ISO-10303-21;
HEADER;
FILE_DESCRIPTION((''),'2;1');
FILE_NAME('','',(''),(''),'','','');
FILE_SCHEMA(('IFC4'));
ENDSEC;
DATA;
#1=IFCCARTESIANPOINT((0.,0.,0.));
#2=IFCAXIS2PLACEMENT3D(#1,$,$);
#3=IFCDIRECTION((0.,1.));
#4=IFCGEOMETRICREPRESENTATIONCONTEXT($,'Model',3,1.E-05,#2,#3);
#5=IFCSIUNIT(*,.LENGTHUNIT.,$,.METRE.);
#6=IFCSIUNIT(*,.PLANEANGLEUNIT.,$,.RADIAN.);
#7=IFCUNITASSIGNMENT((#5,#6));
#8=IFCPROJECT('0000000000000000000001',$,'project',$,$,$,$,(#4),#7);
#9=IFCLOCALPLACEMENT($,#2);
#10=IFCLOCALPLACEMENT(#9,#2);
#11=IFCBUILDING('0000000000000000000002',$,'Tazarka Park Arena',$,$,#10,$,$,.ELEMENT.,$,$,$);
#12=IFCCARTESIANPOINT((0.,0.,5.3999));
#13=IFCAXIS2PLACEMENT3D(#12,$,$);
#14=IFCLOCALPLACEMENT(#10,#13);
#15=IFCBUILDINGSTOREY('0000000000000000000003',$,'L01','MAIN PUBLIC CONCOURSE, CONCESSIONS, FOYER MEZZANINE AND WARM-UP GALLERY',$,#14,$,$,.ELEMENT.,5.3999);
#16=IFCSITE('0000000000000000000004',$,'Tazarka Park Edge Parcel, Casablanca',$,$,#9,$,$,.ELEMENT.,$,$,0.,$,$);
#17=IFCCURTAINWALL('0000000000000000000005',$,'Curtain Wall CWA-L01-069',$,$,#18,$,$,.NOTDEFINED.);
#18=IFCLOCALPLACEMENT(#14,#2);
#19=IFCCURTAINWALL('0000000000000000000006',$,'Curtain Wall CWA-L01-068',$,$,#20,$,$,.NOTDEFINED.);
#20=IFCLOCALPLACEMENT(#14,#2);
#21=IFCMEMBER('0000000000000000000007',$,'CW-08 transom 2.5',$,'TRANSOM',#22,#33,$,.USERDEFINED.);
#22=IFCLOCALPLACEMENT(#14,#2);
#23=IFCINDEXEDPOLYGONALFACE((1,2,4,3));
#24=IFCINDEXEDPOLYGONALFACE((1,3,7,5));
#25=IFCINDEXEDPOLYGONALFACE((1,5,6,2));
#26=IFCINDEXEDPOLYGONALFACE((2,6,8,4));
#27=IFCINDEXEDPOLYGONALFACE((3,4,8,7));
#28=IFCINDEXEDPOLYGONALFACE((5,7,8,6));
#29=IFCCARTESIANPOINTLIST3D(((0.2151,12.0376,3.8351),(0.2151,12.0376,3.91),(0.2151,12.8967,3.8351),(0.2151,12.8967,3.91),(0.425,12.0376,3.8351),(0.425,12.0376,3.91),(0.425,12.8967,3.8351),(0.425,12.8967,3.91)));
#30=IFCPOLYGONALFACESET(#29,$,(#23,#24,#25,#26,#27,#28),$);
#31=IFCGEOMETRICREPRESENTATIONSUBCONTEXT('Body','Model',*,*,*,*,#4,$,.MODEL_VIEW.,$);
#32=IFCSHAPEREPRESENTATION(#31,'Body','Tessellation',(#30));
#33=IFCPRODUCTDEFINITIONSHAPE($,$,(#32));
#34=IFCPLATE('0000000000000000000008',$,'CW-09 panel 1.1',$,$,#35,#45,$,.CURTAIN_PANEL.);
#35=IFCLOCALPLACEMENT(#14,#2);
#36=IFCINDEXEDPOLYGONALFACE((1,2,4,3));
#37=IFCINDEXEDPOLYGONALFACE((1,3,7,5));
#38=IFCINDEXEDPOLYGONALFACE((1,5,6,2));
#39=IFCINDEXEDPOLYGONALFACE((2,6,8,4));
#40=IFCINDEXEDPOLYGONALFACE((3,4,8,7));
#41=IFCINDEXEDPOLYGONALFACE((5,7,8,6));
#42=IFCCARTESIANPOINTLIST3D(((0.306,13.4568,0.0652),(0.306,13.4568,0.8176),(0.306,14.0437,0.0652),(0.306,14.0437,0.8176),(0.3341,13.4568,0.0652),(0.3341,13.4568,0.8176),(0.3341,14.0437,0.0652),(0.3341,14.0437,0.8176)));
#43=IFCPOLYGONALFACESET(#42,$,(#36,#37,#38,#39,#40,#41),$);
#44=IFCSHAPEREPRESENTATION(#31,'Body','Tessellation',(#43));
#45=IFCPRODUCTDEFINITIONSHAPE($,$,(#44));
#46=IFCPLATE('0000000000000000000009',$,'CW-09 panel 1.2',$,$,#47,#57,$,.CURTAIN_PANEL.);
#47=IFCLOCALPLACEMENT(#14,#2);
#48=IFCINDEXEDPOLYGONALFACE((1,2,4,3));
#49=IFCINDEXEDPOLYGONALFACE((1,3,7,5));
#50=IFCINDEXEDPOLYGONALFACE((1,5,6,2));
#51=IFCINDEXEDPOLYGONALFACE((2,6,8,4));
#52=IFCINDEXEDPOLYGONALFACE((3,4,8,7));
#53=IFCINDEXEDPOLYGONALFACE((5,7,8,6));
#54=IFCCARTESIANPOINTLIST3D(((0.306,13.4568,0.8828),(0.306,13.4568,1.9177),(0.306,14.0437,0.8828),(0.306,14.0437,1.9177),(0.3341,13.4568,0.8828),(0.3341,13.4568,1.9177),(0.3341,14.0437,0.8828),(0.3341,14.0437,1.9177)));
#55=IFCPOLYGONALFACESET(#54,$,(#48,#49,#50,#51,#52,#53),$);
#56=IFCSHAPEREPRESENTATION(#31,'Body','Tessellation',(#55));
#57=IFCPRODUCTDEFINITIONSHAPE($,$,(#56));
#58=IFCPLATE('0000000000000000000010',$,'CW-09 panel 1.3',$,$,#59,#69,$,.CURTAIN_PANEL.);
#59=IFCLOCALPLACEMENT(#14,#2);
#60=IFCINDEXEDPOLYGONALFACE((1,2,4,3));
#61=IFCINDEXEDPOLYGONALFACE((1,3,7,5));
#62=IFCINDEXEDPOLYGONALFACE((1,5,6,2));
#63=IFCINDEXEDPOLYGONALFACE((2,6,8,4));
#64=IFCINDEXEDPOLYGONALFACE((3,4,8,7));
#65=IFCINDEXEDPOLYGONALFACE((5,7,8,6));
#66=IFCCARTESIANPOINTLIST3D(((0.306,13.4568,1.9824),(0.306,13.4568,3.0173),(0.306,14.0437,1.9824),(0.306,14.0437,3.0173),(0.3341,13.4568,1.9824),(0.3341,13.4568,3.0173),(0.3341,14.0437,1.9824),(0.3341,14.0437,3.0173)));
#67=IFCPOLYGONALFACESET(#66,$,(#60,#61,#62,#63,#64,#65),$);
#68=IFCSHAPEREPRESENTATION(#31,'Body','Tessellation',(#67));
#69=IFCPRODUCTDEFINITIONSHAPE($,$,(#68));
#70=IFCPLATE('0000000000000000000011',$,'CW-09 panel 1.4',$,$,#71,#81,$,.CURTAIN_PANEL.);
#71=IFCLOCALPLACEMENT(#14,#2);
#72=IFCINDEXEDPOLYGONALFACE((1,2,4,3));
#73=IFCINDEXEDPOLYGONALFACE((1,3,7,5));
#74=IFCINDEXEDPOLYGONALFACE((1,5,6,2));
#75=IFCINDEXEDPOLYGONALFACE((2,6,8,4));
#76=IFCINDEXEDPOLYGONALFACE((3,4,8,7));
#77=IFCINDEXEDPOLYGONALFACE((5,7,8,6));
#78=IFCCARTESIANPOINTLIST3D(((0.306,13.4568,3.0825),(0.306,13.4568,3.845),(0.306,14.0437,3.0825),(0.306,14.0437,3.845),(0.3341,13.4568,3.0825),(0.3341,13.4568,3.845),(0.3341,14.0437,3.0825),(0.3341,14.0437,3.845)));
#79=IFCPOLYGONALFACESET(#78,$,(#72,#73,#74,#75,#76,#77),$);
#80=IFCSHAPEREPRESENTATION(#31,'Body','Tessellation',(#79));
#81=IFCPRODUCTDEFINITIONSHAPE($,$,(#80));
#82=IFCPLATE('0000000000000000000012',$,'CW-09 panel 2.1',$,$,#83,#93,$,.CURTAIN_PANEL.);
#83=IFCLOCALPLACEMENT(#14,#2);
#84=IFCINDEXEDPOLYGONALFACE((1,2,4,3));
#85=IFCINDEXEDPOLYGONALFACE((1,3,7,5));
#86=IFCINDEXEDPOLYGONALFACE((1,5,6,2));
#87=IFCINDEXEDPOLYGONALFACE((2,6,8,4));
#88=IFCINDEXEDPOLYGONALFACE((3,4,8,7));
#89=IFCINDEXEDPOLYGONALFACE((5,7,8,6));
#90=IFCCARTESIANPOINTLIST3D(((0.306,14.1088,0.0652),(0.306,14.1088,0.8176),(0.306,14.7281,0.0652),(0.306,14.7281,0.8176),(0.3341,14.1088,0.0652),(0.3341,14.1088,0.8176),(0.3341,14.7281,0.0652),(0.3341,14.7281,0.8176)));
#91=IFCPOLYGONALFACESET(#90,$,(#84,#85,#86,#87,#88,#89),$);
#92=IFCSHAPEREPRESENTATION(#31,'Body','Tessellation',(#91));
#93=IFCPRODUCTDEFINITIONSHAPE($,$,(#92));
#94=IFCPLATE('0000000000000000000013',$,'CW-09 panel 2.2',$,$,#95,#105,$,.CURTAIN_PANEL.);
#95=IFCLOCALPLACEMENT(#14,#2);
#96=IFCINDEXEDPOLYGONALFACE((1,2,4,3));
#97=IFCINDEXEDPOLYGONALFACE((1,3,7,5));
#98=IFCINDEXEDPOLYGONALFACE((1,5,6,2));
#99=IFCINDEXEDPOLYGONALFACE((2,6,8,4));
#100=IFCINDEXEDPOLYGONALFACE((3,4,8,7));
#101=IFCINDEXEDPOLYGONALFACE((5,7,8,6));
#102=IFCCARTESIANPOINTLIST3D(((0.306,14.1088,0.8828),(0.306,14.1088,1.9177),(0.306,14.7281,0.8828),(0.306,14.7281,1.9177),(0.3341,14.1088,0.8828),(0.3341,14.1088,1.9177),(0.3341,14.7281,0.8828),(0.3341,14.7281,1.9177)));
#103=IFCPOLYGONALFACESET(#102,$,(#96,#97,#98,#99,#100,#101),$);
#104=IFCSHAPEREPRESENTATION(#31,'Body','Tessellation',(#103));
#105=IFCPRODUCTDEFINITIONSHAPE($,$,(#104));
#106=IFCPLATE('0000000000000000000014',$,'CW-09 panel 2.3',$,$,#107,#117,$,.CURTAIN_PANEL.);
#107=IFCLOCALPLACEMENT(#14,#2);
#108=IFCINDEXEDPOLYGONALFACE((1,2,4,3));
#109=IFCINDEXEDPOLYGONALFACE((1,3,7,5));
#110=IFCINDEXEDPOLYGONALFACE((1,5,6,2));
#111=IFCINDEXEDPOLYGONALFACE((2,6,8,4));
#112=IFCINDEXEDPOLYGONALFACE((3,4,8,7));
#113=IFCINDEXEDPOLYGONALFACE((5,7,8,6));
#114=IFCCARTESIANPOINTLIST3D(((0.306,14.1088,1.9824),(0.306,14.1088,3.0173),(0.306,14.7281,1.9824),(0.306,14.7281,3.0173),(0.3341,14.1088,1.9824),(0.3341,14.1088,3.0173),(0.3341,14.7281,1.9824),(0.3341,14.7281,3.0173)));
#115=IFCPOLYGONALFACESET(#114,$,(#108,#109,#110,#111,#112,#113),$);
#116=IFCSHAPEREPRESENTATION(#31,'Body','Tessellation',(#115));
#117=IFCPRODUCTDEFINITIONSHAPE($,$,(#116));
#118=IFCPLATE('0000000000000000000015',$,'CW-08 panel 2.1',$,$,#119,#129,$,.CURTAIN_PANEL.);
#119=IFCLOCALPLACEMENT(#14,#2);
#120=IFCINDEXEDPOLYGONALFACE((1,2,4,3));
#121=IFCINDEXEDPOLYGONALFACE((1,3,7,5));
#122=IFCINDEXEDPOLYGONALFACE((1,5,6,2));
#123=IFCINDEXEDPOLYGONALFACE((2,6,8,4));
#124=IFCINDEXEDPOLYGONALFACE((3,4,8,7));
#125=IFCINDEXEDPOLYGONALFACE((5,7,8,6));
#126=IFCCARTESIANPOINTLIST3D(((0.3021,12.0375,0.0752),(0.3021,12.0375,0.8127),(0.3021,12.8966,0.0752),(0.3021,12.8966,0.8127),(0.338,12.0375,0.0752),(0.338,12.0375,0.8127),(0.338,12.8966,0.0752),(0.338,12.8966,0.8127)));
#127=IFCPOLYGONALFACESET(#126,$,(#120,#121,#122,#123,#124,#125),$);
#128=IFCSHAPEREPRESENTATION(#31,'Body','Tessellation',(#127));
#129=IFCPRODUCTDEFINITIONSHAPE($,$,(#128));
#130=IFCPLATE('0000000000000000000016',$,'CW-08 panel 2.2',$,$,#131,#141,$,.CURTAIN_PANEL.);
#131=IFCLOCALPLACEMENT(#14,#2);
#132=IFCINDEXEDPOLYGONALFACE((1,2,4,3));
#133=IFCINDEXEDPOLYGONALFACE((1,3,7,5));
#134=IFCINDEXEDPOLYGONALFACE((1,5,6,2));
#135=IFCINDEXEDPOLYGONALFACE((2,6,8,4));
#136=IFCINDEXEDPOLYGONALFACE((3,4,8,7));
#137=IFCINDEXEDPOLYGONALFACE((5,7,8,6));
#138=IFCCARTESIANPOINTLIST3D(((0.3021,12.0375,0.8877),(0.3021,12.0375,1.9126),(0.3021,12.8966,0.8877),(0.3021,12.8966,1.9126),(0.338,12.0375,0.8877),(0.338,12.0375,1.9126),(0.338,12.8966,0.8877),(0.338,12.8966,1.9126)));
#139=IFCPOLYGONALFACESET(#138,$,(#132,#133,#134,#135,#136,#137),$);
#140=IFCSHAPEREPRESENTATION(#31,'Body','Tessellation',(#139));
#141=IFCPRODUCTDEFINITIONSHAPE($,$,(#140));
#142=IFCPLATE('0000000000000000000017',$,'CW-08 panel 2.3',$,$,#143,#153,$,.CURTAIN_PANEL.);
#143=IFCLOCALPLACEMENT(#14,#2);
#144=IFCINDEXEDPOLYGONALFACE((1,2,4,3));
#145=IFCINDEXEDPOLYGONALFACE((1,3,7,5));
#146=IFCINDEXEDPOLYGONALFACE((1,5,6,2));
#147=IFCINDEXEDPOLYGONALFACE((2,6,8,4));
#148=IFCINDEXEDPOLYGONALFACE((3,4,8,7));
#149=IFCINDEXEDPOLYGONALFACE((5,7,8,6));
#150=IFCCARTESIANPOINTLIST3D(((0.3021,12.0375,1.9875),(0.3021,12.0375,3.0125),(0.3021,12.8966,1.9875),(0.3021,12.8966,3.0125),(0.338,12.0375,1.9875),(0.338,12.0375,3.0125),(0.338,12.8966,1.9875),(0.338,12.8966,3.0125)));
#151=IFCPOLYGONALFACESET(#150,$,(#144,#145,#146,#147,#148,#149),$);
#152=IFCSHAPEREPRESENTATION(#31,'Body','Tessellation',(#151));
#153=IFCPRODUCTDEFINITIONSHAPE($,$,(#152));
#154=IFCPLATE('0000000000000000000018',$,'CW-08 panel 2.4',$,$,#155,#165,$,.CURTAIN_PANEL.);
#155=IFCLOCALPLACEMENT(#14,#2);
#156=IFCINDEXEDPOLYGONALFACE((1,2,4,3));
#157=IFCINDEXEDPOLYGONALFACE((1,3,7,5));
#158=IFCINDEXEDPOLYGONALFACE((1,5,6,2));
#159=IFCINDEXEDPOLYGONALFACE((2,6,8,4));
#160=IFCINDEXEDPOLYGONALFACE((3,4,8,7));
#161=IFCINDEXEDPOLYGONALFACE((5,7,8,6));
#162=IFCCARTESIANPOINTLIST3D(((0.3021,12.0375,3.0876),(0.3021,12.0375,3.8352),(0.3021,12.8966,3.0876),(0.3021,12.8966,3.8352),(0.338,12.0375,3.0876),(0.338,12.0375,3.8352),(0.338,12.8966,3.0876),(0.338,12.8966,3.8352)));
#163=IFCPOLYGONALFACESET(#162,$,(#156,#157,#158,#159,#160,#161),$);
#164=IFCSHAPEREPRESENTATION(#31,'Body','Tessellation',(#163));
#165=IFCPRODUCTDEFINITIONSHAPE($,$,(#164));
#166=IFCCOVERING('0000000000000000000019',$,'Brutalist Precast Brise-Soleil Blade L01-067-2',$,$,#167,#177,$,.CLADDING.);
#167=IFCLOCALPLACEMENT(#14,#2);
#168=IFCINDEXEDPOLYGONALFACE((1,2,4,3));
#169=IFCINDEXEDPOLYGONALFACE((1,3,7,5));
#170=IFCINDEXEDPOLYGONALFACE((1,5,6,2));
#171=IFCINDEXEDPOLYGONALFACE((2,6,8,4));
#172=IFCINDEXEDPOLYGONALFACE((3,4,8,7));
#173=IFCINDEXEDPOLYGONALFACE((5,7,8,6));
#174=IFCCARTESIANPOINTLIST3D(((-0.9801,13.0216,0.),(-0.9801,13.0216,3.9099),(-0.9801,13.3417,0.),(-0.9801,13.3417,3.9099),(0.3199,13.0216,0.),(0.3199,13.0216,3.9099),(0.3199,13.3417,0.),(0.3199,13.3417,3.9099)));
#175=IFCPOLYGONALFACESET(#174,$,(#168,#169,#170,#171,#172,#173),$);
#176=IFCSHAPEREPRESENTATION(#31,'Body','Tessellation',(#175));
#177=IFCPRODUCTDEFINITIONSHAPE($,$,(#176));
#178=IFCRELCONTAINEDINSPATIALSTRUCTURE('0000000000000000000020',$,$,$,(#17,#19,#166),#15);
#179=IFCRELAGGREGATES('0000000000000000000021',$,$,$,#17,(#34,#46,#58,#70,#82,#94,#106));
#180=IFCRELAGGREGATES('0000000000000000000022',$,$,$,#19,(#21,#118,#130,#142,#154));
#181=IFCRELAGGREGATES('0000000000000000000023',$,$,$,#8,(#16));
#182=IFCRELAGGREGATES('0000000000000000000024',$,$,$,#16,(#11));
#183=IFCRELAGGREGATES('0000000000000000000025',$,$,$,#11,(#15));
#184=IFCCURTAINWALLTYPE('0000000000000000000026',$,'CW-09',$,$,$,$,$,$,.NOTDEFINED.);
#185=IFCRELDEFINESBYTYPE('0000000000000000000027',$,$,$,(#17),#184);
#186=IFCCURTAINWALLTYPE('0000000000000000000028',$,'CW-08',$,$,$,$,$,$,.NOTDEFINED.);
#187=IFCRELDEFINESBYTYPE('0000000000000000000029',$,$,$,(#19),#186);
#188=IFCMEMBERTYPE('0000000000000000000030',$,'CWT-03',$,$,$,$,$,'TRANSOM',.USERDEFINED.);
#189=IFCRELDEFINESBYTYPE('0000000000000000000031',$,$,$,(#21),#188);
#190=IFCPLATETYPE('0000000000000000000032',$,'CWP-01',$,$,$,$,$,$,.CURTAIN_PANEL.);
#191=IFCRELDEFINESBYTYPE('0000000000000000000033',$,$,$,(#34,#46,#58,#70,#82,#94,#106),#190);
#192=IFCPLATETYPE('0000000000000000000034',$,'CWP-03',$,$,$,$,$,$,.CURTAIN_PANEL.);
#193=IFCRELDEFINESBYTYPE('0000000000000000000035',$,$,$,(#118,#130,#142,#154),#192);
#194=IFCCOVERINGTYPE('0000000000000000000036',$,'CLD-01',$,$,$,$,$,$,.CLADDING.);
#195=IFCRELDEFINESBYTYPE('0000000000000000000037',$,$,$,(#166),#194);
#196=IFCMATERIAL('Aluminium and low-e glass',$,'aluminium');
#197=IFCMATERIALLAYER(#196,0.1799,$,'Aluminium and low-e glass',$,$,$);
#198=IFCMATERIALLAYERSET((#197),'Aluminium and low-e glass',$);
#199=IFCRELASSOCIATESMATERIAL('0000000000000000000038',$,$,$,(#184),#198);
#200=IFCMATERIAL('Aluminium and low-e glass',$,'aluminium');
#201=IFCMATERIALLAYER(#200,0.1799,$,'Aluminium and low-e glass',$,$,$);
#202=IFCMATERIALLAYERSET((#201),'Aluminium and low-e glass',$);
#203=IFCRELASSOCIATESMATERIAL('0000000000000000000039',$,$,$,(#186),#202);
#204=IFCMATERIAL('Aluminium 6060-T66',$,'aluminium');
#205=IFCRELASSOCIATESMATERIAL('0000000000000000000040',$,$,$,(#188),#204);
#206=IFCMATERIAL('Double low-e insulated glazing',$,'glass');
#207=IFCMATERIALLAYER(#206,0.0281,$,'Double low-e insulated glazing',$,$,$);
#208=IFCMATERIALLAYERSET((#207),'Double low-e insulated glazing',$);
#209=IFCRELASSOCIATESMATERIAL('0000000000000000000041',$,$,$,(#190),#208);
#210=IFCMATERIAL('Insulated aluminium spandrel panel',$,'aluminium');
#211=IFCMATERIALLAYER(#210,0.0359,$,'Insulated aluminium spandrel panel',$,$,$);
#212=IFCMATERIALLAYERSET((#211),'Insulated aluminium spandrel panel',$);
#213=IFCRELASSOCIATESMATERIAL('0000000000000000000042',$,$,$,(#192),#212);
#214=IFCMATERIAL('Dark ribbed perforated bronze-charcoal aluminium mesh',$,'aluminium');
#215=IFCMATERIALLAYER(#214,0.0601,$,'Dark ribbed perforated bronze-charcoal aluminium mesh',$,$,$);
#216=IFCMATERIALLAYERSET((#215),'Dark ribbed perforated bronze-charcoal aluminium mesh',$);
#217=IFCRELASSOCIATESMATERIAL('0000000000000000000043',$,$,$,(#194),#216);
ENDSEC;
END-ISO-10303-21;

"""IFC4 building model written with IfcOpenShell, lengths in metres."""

from ifc_helpers import new_model, si_unit, direction, frame, origin, origin_2d, place, context, subcontext, project, spatial, rectangle, extrude, material, layer, layer_set, material_profile, profile_set, type_object, element, aggregate, save


model = new_model("IFC4")

# Units and contexts
model_context = context("Model", 3, precision=1e-05, world=origin(), true_north=direction((0.0, 1.0)))
body_context = subcontext(model_context, "Body", "Model", "MODEL_VIEW")
ifc_project = project(units=[si_unit("LENGTHUNIT", "METRE"), si_unit("PLANEANGLEUNIT", "RADIAN")], contexts=[model_context])

# Site, building, storey
site_placement = place(None, origin())
site = spatial("IfcSite", under=ifc_project, at=site_placement, Name="Tazarka Park Edge Parcel, Casablanca", CompositionType="ELEMENT", RefElevation=0.0)
building_placement = place(site_placement, origin())
building = spatial("IfcBuilding", under=site, at=building_placement, Name="Tazarka Park Arena", CompositionType="ELEMENT")
storey_placement = place(building_placement, frame((0.0, 0.0, 5.3999)))
storey = spatial("IfcBuildingStorey", under=building, at=storey_placement, Name="L01", Description="MAIN PUBLIC CONCOURSE, CONCESSIONS, FOYER MEZZANINE AND WARM-UP GALLERY", CompositionType="ELEMENT", Elevation=5.3999)

# Curtain wall
ifc_material_1 = material(Name="Aluminium and low-e glass", Category="aluminium")
ifc_layer_1 = layer(ifc_material_1, 0.1799, Name="Aluminium and low-e glass")
ifc_layer_set_1 = layer_set([ifc_layer_1], Name="Aluminium and low-e glass")
curtain_wall_type_1 = type_object("IfcCurtainWallType", Name="CW-09", PredefinedType="NOTDEFINED", material=ifc_layer_set_1)
curtain_wall_1_placement = place(storey_placement, origin())
curtain_wall_1 = element("IfcCurtainWall", 1, at=curtain_wall_1_placement, inside=storey, type_object=curtain_wall_type_1, Name="Curtain Wall CWA-L01-069", PredefinedType="NOTDEFINED")

# Curtain wall
ifc_material_2 = material(Name="Aluminium and low-e glass", Category="aluminium")
ifc_layer_2 = layer(ifc_material_2, 0.1799, Name="Aluminium and low-e glass")
ifc_layer_set_2 = layer_set([ifc_layer_2], Name="Aluminium and low-e glass")
curtain_wall_type_2 = type_object("IfcCurtainWallType", Name="CW-08", PredefinedType="NOTDEFINED", material=ifc_layer_set_2)
curtain_wall_2_placement = place(storey_placement, origin())
curtain_wall_2 = element("IfcCurtainWall", 2, at=curtain_wall_2_placement, inside=storey, type_object=curtain_wall_type_2, Name="Curtain Wall CWA-L01-068", PredefinedType="NOTDEFINED")

# Member
ifc_material_3 = material(Name="Aluminium 6060-T66", Category="aluminium")
ifc_material_profile_1 = material_profile(ifc_material_3, rectangle(XDim=0.21, YDim=0.075, at=origin_2d()), Name="Aluminium 6060-T66")
ifc_profile_set_1 = profile_set([ifc_material_profile_1], Name="Aluminium 6060-T66")
member_type_1 = type_object("IfcMemberType", Name="CWT-03", ElementType="TRANSOM", PredefinedType="USERDEFINED", material=ifc_profile_set_1)
member_1_placement = place(storey_placement, frame((0.3201, 12.0376, 3.8726), z_axis=(0.0, 1.0, 0.0), x_axis=(-1.0, 0.0, 0.0)))
member_1 = element("IfcMember", 3, at=member_1_placement, type_object=member_type_1, Name="CW-08 transom 2.5", ObjectType="TRANSOM", PredefinedType="USERDEFINED", context=body_context, shape_type="SweptSolid", body=[
    extrude(rectangle(XDim=0.21, YDim=0.075, at=origin_2d()), origin(), (0.0, 0.0, 1.0), 0.8591),
])

# Plates
ifc_material_4 = material(Name="Double low-e insulated glazing", Category="glass")
ifc_layer_3 = layer(ifc_material_4, 0.0281, Name="Double low-e insulated glazing")
ifc_layer_set_3 = layer_set([ifc_layer_3], Name="Double low-e insulated glazing")
plate_type_1 = type_object("IfcPlateType", Name="CWP-01", PredefinedType="CURTAIN_PANEL", material=ifc_layer_set_3)
plate_1_placement = place(storey_placement, frame((0.3201, 13.7502, 0.0652), z_axis=(0.0, 0.0, 1.0), x_axis=(0.0, 1.0, 0.0)))
plate_1 = element("IfcPlate", 4, at=plate_1_placement, type_object=plate_type_1, Name="CW-09 panel 1.1", PredefinedType="CURTAIN_PANEL", context=body_context, shape_type="SweptSolid", body=[
    extrude(rectangle(XDim=0.5869, YDim=0.0281, at=origin_2d()), origin(), (0.0, 0.0, 1.0), 0.7524),
])
plate_2_placement = place(storey_placement, frame((0.3201, 13.7502, 0.8828), z_axis=(0.0, 0.0, 1.0), x_axis=(0.0, 1.0, 0.0)))
plate_2 = element("IfcPlate", 5, at=plate_2_placement, type_object=plate_type_1, Name="CW-09 panel 1.2", PredefinedType="CURTAIN_PANEL", context=body_context, shape_type="SweptSolid", body=[
    extrude(rectangle(XDim=0.5869, YDim=0.0281, at=origin_2d()), origin(), (0.0, 0.0, 1.0), 1.0349),
])
plate_3_placement = place(storey_placement, frame((0.3201, 13.7502, 1.9824), z_axis=(0.0, 0.0, 1.0), x_axis=(0.0, 1.0, 0.0)))
plate_3 = element("IfcPlate", 6, at=plate_3_placement, type_object=plate_type_1, Name="CW-09 panel 1.3", PredefinedType="CURTAIN_PANEL", context=body_context, shape_type="SweptSolid", body=[
    extrude(rectangle(XDim=0.5869, YDim=0.0281, at=origin_2d()), origin(), (0.0, 0.0, 1.0), 1.0349),
])
plate_4_placement = place(storey_placement, frame((0.3201, 13.7502, 3.0825), z_axis=(0.0, 0.0, 1.0), x_axis=(0.0, 1.0, 0.0)))
plate_4 = element("IfcPlate", 7, at=plate_4_placement, type_object=plate_type_1, Name="CW-09 panel 1.4", PredefinedType="CURTAIN_PANEL", context=body_context, shape_type="SweptSolid", body=[
    extrude(rectangle(XDim=0.5869, YDim=0.0281, at=origin_2d()), origin(), (0.0, 0.0, 1.0), 0.7625),
])
plate_5_placement = place(storey_placement, frame((0.3201, 14.4185, 0.0652), z_axis=(0.0, 0.0, 1.0), x_axis=(0.0, 1.0, 0.0)))
plate_5 = element("IfcPlate", 8, at=plate_5_placement, type_object=plate_type_1, Name="CW-09 panel 2.1", PredefinedType="CURTAIN_PANEL", context=body_context, shape_type="SweptSolid", body=[
    extrude(rectangle(XDim=0.6194, YDim=0.0281, at=origin_2d()), origin(), (0.0, 0.0, 1.0), 0.7524),
])
plate_6_placement = place(storey_placement, frame((0.3201, 14.4185, 0.8828), z_axis=(0.0, 0.0, 1.0), x_axis=(0.0, 1.0, 0.0)))
plate_6 = element("IfcPlate", 9, at=plate_6_placement, type_object=plate_type_1, Name="CW-09 panel 2.2", PredefinedType="CURTAIN_PANEL", context=body_context, shape_type="SweptSolid", body=[
    extrude(rectangle(XDim=0.6194, YDim=0.0281, at=origin_2d()), origin(), (0.0, 0.0, 1.0), 1.0349),
])
plate_7_placement = place(storey_placement, frame((0.3201, 14.4185, 1.9824), z_axis=(0.0, 0.0, 1.0), x_axis=(0.0, 1.0, 0.0)))
plate_7 = element("IfcPlate", 10, at=plate_7_placement, type_object=plate_type_1, Name="CW-09 panel 2.3", PredefinedType="CURTAIN_PANEL", context=body_context, shape_type="SweptSolid", body=[
    extrude(rectangle(XDim=0.6194, YDim=0.0281, at=origin_2d()), origin(), (0.0, 0.0, 1.0), 1.0349),
])
aggregate(curtain_wall_1, [plate_1, plate_2, plate_3, plate_4, plate_5, plate_6, plate_7])
ifc_material_5 = material(Name="Insulated aluminium spandrel panel", Category="aluminium")
ifc_layer_4 = layer(ifc_material_5, 0.0359, Name="Insulated aluminium spandrel panel")
ifc_layer_set_4 = layer_set([ifc_layer_4], Name="Insulated aluminium spandrel panel")
plate_type_2 = type_object("IfcPlateType", Name="CWP-03", PredefinedType="CURTAIN_PANEL", material=ifc_layer_set_4)
plate_8_placement = place(storey_placement, frame((0.3201, 12.467, 0.0752), z_axis=(0.0, 0.0, 1.0), x_axis=(0.0, 1.0, 0.0)))
plate_8 = element("IfcPlate", 11, at=plate_8_placement, type_object=plate_type_2, Name="CW-08 panel 2.1", PredefinedType="CURTAIN_PANEL", context=body_context, shape_type="SweptSolid", body=[
    extrude(rectangle(XDim=0.8591, YDim=0.0359, at=origin_2d()), origin(), (0.0, 0.0, 1.0), 0.7375),
])
plate_9_placement = place(storey_placement, frame((0.3201, 12.467, 0.8877), z_axis=(0.0, 0.0, 1.0), x_axis=(0.0, 1.0, 0.0)))
plate_9 = element("IfcPlate", 12, at=plate_9_placement, type_object=plate_type_2, Name="CW-08 panel 2.2", PredefinedType="CURTAIN_PANEL", context=body_context, shape_type="SweptSolid", body=[
    extrude(rectangle(XDim=0.8591, YDim=0.0359, at=origin_2d()), origin(), (0.0, 0.0, 1.0), 1.0249),
])
plate_10_placement = place(storey_placement, frame((0.3201, 12.467, 1.9875), z_axis=(0.0, 0.0, 1.0), x_axis=(0.0, 1.0, 0.0)))
plate_10 = element("IfcPlate", 13, at=plate_10_placement, type_object=plate_type_2, Name="CW-08 panel 2.3", PredefinedType="CURTAIN_PANEL", context=body_context, shape_type="SweptSolid", body=[
    extrude(rectangle(XDim=0.8591, YDim=0.0359, at=origin_2d()), origin(), (0.0, 0.0, 1.0), 1.0249),
])
plate_11_placement = place(storey_placement, frame((0.3201, 12.467, 3.0876), z_axis=(0.0, 0.0, 1.0), x_axis=(0.0, 1.0, 0.0)))
plate_11 = element("IfcPlate", 14, at=plate_11_placement, type_object=plate_type_2, Name="CW-08 panel 2.4", PredefinedType="CURTAIN_PANEL", context=body_context, shape_type="SweptSolid", body=[
    extrude(rectangle(XDim=0.8591, YDim=0.0359, at=origin_2d()), origin(), (0.0, 0.0, 1.0), 0.7476),
])
aggregate(curtain_wall_2, [member_1, plate_8, plate_9, plate_10, plate_11])

# Covering
ifc_material_6 = material(Name="Dark ribbed perforated bronze-charcoal aluminium mesh", Category="aluminium")
ifc_layer_5 = layer(ifc_material_6, 0.0601, Name="Dark ribbed perforated bronze-charcoal aluminium mesh")
ifc_layer_set_5 = layer_set([ifc_layer_5], Name="Dark ribbed perforated bronze-charcoal aluminium mesh")
covering_type = type_object("IfcCoveringType", Name="CLD-01", PredefinedType="CLADDING", material=ifc_layer_set_5)
covering_placement = place(storey_placement, frame((-0.3301, 13.1816, 0.0), z_axis=(0.0, 0.0, 1.0), x_axis=(0.0, 1.0, 0.0)))
element("IfcCovering", 15, at=covering_placement, inside=storey, type_object=covering_type, Name="Brutalist Precast Brise-Soleil Blade L01-067-2", PredefinedType="CLADDING", context=body_context, shape_type="SweptSolid", body=[
    extrude(rectangle(XDim=0.3201, YDim=1.3, at=origin_2d()), origin(), (0.0, 0.0, 1.0), 3.9099),
])

save(model, "model.ifc")
